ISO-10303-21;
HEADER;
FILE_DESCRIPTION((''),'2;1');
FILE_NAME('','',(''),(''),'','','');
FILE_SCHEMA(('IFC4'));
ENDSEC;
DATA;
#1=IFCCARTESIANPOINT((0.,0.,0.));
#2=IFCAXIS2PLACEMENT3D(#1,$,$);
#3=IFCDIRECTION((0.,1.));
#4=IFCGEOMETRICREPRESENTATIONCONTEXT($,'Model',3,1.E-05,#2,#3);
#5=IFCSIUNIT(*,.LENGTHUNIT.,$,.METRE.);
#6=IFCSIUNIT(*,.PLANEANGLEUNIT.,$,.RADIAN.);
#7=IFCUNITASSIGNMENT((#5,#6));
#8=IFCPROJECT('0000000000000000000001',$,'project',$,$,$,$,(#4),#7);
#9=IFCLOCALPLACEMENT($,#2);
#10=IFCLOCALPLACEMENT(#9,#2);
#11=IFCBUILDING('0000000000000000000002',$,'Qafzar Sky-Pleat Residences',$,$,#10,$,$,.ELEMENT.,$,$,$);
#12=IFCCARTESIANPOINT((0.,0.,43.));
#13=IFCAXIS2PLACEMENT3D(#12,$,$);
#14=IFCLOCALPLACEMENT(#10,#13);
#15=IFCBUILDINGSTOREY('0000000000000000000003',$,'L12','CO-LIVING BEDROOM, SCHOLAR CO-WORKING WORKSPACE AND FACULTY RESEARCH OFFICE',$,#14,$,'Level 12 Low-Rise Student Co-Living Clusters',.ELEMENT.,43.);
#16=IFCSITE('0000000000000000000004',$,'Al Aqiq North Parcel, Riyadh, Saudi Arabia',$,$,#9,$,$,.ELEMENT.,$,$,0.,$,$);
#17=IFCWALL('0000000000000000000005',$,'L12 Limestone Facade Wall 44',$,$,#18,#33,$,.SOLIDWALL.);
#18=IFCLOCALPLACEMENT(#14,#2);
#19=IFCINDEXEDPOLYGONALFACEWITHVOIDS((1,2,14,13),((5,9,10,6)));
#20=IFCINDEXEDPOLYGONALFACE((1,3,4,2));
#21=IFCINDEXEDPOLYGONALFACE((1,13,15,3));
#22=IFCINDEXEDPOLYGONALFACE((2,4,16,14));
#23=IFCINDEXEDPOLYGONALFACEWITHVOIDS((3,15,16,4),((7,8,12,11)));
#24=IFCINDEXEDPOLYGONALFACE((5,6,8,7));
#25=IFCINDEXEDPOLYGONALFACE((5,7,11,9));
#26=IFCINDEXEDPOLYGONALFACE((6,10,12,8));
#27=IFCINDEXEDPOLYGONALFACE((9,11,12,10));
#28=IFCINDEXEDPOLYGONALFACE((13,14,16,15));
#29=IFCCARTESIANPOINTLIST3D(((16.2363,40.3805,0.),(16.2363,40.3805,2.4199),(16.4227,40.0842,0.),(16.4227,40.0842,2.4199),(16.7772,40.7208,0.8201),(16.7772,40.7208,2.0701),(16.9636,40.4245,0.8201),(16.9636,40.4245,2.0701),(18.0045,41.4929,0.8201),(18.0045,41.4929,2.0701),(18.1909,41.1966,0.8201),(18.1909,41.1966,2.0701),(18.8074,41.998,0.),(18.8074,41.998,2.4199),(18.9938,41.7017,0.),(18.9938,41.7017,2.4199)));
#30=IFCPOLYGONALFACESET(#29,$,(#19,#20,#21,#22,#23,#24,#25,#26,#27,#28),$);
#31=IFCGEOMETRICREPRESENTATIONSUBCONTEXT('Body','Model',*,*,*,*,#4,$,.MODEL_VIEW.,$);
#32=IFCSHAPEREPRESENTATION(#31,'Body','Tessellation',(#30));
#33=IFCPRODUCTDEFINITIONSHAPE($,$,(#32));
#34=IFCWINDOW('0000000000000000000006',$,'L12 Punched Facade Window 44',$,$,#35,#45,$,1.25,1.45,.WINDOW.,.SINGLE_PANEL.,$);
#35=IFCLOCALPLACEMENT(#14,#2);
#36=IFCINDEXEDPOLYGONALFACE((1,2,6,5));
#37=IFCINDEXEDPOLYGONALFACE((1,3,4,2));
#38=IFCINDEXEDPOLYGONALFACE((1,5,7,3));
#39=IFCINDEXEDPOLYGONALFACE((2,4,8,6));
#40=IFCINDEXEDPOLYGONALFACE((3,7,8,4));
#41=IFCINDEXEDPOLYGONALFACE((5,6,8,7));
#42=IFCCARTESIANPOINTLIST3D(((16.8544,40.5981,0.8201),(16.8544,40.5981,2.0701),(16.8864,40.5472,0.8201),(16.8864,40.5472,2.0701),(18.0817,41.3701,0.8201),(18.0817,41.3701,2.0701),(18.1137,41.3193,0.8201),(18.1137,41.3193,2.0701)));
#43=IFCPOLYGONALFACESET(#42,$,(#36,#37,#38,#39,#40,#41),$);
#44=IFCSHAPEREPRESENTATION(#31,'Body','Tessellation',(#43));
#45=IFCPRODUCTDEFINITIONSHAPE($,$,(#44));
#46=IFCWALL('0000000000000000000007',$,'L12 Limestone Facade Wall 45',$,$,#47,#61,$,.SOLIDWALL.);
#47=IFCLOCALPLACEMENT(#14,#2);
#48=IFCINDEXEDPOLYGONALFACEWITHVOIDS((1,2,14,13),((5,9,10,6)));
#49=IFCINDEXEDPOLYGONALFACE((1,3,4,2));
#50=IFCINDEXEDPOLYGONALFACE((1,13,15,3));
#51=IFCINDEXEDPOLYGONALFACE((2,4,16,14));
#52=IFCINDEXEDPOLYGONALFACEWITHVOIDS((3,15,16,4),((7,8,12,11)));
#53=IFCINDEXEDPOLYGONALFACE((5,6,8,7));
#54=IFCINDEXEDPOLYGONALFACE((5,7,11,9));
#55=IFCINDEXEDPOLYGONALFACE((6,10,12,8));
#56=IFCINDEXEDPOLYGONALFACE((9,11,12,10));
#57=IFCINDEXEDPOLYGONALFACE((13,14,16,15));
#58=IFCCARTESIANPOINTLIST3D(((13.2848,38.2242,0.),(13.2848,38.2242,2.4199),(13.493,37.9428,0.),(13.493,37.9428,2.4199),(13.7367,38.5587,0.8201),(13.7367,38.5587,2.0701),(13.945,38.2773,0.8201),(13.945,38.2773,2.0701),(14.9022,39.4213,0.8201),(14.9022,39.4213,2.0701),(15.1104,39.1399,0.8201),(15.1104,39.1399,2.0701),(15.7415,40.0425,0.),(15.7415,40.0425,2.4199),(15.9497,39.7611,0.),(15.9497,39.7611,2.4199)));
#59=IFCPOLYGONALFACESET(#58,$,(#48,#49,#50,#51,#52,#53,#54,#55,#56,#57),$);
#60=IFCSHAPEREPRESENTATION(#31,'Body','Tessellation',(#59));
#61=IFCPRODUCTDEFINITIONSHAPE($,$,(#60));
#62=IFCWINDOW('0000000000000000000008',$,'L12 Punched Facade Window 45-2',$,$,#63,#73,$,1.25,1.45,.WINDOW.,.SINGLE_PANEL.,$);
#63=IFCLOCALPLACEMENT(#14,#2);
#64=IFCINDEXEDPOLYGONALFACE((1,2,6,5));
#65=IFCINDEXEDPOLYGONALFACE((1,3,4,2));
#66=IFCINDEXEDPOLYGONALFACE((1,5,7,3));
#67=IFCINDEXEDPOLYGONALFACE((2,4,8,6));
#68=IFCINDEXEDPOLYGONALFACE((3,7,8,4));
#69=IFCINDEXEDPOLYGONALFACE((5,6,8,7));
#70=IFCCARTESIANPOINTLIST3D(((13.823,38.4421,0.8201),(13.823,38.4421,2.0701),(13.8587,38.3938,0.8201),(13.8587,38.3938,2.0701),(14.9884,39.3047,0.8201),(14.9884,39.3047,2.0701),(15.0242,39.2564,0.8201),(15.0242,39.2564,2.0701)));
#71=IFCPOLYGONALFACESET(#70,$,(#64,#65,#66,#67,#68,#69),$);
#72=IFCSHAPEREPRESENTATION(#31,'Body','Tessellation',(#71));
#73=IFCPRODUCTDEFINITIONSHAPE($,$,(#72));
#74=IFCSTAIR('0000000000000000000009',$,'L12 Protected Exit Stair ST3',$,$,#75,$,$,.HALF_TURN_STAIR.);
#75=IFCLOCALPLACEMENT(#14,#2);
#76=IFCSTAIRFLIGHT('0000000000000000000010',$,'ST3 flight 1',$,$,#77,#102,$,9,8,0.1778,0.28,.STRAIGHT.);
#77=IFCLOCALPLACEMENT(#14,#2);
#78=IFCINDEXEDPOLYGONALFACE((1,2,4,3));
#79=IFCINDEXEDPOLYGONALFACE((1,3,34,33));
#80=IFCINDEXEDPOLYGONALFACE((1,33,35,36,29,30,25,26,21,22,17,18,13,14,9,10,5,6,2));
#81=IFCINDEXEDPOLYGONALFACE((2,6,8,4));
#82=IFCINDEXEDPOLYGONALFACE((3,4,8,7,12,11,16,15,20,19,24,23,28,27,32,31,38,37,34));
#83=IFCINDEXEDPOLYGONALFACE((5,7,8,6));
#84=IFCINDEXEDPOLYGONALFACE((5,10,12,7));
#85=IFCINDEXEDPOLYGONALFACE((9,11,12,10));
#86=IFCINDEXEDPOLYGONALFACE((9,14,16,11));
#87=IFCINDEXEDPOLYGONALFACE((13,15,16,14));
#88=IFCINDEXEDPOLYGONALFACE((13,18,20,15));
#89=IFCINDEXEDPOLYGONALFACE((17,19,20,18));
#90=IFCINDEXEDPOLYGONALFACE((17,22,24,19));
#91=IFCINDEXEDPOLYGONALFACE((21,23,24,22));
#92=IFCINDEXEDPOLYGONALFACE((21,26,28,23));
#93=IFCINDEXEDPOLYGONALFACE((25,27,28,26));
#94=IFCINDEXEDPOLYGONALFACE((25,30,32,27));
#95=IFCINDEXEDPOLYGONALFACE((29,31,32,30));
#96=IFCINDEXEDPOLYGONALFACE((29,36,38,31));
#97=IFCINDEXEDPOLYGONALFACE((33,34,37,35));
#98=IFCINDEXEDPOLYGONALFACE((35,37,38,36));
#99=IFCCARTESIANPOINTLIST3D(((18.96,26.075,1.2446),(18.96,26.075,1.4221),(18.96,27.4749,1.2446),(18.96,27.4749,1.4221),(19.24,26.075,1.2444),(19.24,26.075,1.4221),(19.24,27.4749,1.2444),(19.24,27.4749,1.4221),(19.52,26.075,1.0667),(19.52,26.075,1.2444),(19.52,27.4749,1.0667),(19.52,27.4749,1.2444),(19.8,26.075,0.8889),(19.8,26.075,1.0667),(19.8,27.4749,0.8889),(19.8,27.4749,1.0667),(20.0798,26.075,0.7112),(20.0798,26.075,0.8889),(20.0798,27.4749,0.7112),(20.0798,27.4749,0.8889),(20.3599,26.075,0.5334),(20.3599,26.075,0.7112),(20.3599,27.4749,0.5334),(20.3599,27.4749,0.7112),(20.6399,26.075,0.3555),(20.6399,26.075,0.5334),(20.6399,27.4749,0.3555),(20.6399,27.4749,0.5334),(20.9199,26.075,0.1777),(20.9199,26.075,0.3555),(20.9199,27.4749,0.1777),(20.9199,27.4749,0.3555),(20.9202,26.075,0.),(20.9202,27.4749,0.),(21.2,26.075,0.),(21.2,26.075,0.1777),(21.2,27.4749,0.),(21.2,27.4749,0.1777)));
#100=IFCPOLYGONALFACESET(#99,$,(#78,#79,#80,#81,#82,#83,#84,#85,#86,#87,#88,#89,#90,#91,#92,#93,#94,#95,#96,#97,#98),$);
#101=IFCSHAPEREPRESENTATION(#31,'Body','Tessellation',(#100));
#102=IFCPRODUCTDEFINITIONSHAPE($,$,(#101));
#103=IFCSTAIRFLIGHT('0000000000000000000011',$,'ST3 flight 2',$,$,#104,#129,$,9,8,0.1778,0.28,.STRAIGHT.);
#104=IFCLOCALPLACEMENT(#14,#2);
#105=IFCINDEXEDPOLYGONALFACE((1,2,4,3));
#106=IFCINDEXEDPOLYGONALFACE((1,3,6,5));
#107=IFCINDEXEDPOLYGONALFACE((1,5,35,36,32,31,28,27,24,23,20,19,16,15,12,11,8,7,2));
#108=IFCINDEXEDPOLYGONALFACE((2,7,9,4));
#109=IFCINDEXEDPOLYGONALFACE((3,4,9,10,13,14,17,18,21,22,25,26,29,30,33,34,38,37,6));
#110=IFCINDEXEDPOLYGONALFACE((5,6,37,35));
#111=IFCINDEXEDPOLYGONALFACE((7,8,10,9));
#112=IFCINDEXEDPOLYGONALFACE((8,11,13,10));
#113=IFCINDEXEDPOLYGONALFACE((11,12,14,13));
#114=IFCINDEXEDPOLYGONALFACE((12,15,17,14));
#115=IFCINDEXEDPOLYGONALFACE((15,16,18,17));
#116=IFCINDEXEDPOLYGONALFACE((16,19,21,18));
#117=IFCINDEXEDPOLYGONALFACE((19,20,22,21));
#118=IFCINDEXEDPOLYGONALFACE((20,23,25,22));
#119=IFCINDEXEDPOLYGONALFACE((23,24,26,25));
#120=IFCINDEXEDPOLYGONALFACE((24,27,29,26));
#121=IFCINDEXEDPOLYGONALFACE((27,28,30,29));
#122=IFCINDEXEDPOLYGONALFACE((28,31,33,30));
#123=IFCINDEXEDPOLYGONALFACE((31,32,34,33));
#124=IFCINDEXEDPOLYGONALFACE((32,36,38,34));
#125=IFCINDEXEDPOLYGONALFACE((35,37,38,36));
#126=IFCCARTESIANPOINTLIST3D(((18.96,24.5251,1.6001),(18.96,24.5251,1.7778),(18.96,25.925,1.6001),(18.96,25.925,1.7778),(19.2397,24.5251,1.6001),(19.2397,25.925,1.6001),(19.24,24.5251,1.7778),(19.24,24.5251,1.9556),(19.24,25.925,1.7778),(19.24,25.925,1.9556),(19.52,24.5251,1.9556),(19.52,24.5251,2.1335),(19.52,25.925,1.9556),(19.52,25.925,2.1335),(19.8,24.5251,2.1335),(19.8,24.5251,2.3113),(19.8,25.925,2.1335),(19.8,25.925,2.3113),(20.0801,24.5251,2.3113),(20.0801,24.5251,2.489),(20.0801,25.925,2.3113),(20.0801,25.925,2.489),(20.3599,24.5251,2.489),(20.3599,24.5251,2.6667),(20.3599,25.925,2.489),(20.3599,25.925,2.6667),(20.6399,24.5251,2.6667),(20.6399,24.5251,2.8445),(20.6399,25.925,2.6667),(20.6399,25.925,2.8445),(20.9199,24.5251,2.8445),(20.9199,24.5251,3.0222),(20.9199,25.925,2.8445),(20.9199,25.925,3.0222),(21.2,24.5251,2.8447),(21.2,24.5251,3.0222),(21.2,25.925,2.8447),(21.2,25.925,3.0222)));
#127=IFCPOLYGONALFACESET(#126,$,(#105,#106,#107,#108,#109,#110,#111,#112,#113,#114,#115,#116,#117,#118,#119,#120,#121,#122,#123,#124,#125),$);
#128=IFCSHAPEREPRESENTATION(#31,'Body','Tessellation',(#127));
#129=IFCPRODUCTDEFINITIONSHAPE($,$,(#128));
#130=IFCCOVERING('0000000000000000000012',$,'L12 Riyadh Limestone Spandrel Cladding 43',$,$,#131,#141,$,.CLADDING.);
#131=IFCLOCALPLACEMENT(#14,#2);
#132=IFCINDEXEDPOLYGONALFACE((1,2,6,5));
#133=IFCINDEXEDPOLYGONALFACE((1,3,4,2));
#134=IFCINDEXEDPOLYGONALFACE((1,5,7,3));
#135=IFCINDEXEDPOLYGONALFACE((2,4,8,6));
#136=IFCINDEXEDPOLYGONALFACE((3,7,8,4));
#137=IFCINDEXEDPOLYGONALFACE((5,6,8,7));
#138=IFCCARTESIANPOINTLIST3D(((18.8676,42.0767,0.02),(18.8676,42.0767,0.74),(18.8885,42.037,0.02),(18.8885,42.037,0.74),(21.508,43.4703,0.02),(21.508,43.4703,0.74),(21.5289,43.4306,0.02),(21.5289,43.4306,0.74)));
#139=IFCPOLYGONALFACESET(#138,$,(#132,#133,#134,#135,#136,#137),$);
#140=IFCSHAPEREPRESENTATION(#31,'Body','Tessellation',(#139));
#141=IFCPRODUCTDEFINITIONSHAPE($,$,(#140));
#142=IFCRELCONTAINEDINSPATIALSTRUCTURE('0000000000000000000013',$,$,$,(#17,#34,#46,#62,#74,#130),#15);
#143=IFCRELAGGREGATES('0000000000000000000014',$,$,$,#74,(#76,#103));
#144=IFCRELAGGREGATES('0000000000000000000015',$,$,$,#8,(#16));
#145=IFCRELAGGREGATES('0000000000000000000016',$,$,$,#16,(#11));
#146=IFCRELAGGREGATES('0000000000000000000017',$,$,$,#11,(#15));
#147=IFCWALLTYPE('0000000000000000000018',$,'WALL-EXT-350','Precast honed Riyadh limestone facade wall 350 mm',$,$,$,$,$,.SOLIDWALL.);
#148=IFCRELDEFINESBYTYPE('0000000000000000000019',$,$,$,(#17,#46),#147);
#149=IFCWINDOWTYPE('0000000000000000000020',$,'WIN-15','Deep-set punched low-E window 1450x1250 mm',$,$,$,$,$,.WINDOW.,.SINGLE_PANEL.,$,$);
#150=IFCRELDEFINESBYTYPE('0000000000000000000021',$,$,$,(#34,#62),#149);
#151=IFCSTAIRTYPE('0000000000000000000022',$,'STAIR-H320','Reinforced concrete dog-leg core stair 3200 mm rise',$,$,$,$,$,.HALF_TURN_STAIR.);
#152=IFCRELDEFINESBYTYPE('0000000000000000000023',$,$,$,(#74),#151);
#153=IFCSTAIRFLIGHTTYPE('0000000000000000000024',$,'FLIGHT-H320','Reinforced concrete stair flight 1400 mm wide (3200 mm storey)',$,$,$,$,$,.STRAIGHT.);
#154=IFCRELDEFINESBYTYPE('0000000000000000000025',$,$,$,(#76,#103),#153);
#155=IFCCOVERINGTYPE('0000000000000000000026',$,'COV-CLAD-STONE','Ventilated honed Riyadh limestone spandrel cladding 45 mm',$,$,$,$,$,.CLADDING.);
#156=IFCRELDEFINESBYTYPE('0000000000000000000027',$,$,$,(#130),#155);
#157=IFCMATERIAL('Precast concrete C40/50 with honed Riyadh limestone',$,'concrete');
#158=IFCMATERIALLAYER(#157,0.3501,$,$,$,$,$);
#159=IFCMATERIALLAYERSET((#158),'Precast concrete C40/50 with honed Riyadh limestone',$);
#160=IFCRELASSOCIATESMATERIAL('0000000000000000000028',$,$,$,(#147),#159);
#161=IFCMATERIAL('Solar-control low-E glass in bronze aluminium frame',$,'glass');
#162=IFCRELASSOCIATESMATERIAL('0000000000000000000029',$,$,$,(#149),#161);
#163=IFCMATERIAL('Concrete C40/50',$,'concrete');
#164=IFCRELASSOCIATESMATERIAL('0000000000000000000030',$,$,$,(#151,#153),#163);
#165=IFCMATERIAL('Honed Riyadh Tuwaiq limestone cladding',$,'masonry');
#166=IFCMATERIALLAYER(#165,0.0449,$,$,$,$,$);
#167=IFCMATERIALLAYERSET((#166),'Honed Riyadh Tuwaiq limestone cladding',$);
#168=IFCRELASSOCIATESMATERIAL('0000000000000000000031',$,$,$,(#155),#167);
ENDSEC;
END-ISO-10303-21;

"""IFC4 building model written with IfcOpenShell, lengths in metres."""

from ifc_helpers import new_model, si_unit, direction, frame, frame_2d, origin, origin_2d, place, context, subcontext, project, spatial, polyline, rectangle, outline, extrude, source, transform, mapped, material, layer, layer_set, type_object, element, fill, aggregate, save


model = new_model("IFC4")

# Units and contexts
model_context = context("Model", 3, precision=1e-05, world=origin(), true_north=direction((0.0, 1.0)))
body_context = subcontext(model_context, "Body", "Model", "MODEL_VIEW")
ifc_project = project(units=[si_unit("LENGTHUNIT", "METRE"), si_unit("PLANEANGLEUNIT", "RADIAN")], contexts=[model_context])

# Site, building, storey
site_placement = place(None, origin())
site = spatial("IfcSite", under=ifc_project, at=site_placement, Name="Al Aqiq North Parcel, Riyadh, Saudi Arabia", CompositionType="ELEMENT", RefElevation=0.0)
building_placement = place(site_placement, origin())
building = spatial("IfcBuilding", under=site, at=building_placement, Name="Qafzar Sky-Pleat Residences", CompositionType="ELEMENT")
storey_placement = place(building_placement, frame((0.0, 0.0, 43.0)))
storey = spatial("IfcBuildingStorey", under=building, at=storey_placement, Name="L12", Description="CO-LIVING BEDROOM, SCHOLAR CO-WORKING WORKSPACE AND FACULTY RESEARCH OFFICE", LongName="Level 12 Low-Rise Student Co-Living Clusters", CompositionType="ELEMENT", Elevation=43.0)

# Walls, openings, windows
ifc_material_1 = material(Name="Precast concrete C40/50 with honed Riyadh limestone", Category="concrete")
ifc_layer_1 = layer(ifc_material_1, 0.3501)
ifc_layer_set_1 = layer_set([ifc_layer_1], Name="Precast concrete C40/50 with honed Riyadh limestone")
wall_type_1 = type_object("IfcWallType", Name="WALL-EXT-350", Description="Precast honed Riyadh limestone facade wall 350 mm", PredefinedType="SOLIDWALL", material=ifc_layer_set_1)
wall_1_placement = place(storey_placement, frame((18.9006, 41.8499, 0.0), z_axis=(0.0, 0.0, 1.0), x_axis=(-0.846437, -0.532489, 0.0)))
wall_1 = element("IfcWall", 1, at=wall_1_placement, inside=storey, type_object=wall_type_1, Name="L12 Limestone Facade Wall 44", PredefinedType="SOLIDWALL", context=body_context, shape_type="SweptSolid", body=[
    extrude(rectangle(XDim=3.0376, YDim=0.3501, at=frame_2d((1.5188, 0.0))), origin(), (0.0, 0.0, 1.0), 2.4199),
])
opening_1_placement = place(wall_1_placement, frame((0.9485, 0.0, 0.8201)))
opening_1 = element("IfcOpeningElement", 2, at=opening_1_placement, cuts=wall_1, PredefinedType="OPENING", context=body_context, shape_type="SweptSolid", body=[
    extrude(rectangle(XDim=1.45, YDim=1.25, at=frame_2d((0.7251, 0.625))), frame((0.0, 0.1851, 0.0), z_axis=(0.0, -1.0, 0.0), x_axis=(1.0, 0.0, 0.0)), (0.0, 0.0, 1.0), 0.3701),
])
ifc_material_2 = material(Name="Solar-control low-E glass in bronze aluminium frame", Category="glass")
window_type = type_object("IfcWindowType", Name="WIN-15", Description="Deep-set punched low-E window 1450x1250 mm", PartitioningType="SINGLE_PANEL", PredefinedType="WINDOW", material=ifc_material_2)
shared_shape_1 = source(origin(), body_context, "Body", "SweptSolid", [
    extrude(rectangle(XDim=1.45, YDim=1.25, at=frame_2d((0.7251, 0.625))), frame((0.0, 0.03, 0.0), z_axis=(0.0, -1.0, 0.0), x_axis=(1.0, 0.0, 0.0)), (0.0, 0.0, 1.0), 0.0601),
])
window_1_placement = place(opening_1_placement, origin())
window_1 = element("IfcWindow", 3, at=window_1_placement, inside=storey, type_object=window_type, Name="L12 Punched Facade Window 44", OverallHeight=1.25, OverallWidth=1.45, PartitioningType="SINGLE_PANEL", PredefinedType="WINDOW", context=body_context, shape_type="MappedRepresentation", body=[
    mapped(shared_shape_1, transform((0.0, 0.0, 0.0), x_axis=(1.0, 0.0, 0.0), y_axis=(0.0, 1.0, 0.0), z_axis=(0.0, 0.0, 1.0), scale=1.0)),
])
fill(opening_1, window_1)
wall_2_placement = place(storey_placement, frame((15.8457, 39.9019, 0.0), z_axis=(0.0, 0.0, 1.0), x_axis=(-0.803789, -0.594914, 0.0)))
wall_2 = element("IfcWall", 4, at=wall_2_placement, inside=storey, type_object=wall_type_1, Name="L12 Limestone Facade Wall 45", PredefinedType="SOLIDWALL", context=body_context, shape_type="SweptSolid", body=[
    extrude(rectangle(XDim=3.0564, YDim=0.3501, at=frame_2d((1.5283, 0.0))), origin(), (0.0, 0.0, 1.0), 2.4199),
])
opening_2_placement = place(wall_2_placement, frame((1.0442, 0.0, 0.8201)))
opening_2 = element("IfcOpeningElement", 5, at=opening_2_placement, cuts=wall_2, PredefinedType="OPENING", context=body_context, shape_type="SweptSolid", body=[
    extrude(rectangle(XDim=1.45, YDim=1.25, at=frame_2d((0.7251, 0.625))), frame((0.0, 0.1851, 0.0), z_axis=(0.0, -1.0, 0.0), x_axis=(1.0, 0.0, 0.0)), (0.0, 0.0, 1.0), 0.3701),
])
window_2_placement = place(opening_2_placement, origin())
window_2 = element("IfcWindow", 6, at=window_2_placement, inside=storey, type_object=window_type, Name="L12 Punched Facade Window 45-2", OverallHeight=1.25, OverallWidth=1.45, PartitioningType="SINGLE_PANEL", PredefinedType="WINDOW", context=body_context, shape_type="MappedRepresentation", body=[
    mapped(shared_shape_1, transform((0.0, 0.0, 0.0), x_axis=(1.0, 0.0, 0.0), y_axis=(0.0, 1.0, 0.0), z_axis=(0.0, 0.0, 1.0), scale=1.0)),
])
fill(opening_2, window_2)

# Stair, stair flights
ifc_material_3 = material(Name="Concrete C40/50", Category="concrete")
stair_type = type_object("IfcStairType", Name="STAIR-H320", Description="Reinforced concrete dog-leg core stair 3200 mm rise", PredefinedType="HALF_TURN_STAIR", material=ifc_material_3)
stair_placement = place(storey_placement, origin())
stair = element("IfcStair", 7, at=stair_placement, inside=storey, type_object=stair_type, Name="L12 Protected Exit Stair ST3", PredefinedType="HALF_TURN_STAIR")
stair_flight_type = type_object("IfcStairFlightType", Name="FLIGHT-H320", Description="Reinforced concrete stair flight 1400 mm wide (3200 mm storey)", PredefinedType="STRAIGHT", material=ifc_material_3)
shared_shape_2 = source(origin(), body_context, "Body", "SweptSolid", [
    extrude(outline(polyline([(0.0, 0.0), (0.0, 0.1777), (0.28, 0.1777), (0.28, 0.3555), (0.5601, 0.3555), (0.5601, 0.5334), (0.8401, 0.5334), (0.8401, 0.7112), (1.1201, 0.7112), (1.1201, 0.8889), (1.3999, 0.8889), (1.3999, 1.0667), (1.6799, 1.0667), (1.6799, 1.2444), (1.96, 1.2444), (1.96, 1.4221), (2.24, 1.4221), (2.24, 1.6001), (2.24, 1.2446), (0.2798, 0.0), (0.0, 0.0)])), frame((0.0, 0.7, 0.0), z_axis=(0.0, -1.0, 0.0), x_axis=(1.0, 0.0, 0.0)), (0.0, 0.0, 1.0), 1.3999),
])
stair_flight_1_placement = place(storey_placement, frame((21.2, 26.7749, 0.0), z_axis=(0.0, 0.0, 1.0), x_axis=(-1.0, 0.0, 0.0)))
stair_flight_1 = element("IfcStairFlight", 8, at=stair_flight_1_placement, type_object=stair_flight_type, Name="ST3 flight 1", NumberOfRisers=9, NumberOfTreads=8, PredefinedType="STRAIGHT", RiserHeight=0.1778, TreadLength=0.28, context=body_context, shape_type="MappedRepresentation", body=[
    mapped(shared_shape_2, transform((0.0, 0.0, 0.0), x_axis=(1.0, 0.0, 0.0), y_axis=(0.0, 1.0, 0.0), z_axis=(0.0, 0.0, 1.0), scale=1.0)),
])
stair_flight_2_placement = place(storey_placement, frame((18.96, 25.2251, 1.6001), z_axis=(0.0, 0.0, 1.0), x_axis=(1.0, 0.0, 0.0)))
stair_flight_2 = element("IfcStairFlight", 9, at=stair_flight_2_placement, type_object=stair_flight_type, Name="ST3 flight 2", NumberOfRisers=9, NumberOfTreads=8, PredefinedType="STRAIGHT", RiserHeight=0.1778, TreadLength=0.28, context=body_context, shape_type="MappedRepresentation", body=[
    mapped(shared_shape_2, transform((0.0, 0.0, 0.0), x_axis=(1.0, 0.0, 0.0), y_axis=(0.0, 1.0, 0.0), z_axis=(0.0, 0.0, 1.0), scale=1.0)),
])
aggregate(stair, [stair_flight_1, stair_flight_2])

# Covering
ifc_material_4 = material(Name="Honed Riyadh Tuwaiq limestone cladding", Category="masonry")
ifc_layer_2 = layer(ifc_material_4, 0.0449)
ifc_layer_set_2 = layer_set([ifc_layer_2], Name="Honed Riyadh Tuwaiq limestone cladding")
covering_type = type_object("IfcCoveringType", Name="COV-CLAD-STONE", Description="Ventilated honed Riyadh limestone spandrel cladding 45 mm", PredefinedType="CLADDING", material=ifc_layer_set_2)
shared_shape_3 = source(origin(), body_context, "Body", "SweptSolid", [
    extrude(rectangle(XDim=2.9856, YDim=0.0449, at=origin_2d()), origin(), (0.0, 0.0, 1.0), 0.72),
])
covering_placement = place(storey_placement, frame((20.1982, 42.7537, 0.02), z_axis=(0.0, 0.0, 1.0), x_axis=(-0.884384, -0.46676, 0.0)))
element("IfcCovering", 10, at=covering_placement, inside=storey, type_object=covering_type, Name="L12 Riyadh Limestone Spandrel Cladding 43", PredefinedType="CLADDING", context=body_context, shape_type="MappedRepresentation", body=[
    mapped(shared_shape_3, transform((0.0, 0.0, 0.0), x_axis=(1.0, 0.0, 0.0), y_axis=(0.0, 1.0, 0.0), z_axis=(0.0, 0.0, 1.0), scale=1.0)),
])

save(model, "model.ifc")
